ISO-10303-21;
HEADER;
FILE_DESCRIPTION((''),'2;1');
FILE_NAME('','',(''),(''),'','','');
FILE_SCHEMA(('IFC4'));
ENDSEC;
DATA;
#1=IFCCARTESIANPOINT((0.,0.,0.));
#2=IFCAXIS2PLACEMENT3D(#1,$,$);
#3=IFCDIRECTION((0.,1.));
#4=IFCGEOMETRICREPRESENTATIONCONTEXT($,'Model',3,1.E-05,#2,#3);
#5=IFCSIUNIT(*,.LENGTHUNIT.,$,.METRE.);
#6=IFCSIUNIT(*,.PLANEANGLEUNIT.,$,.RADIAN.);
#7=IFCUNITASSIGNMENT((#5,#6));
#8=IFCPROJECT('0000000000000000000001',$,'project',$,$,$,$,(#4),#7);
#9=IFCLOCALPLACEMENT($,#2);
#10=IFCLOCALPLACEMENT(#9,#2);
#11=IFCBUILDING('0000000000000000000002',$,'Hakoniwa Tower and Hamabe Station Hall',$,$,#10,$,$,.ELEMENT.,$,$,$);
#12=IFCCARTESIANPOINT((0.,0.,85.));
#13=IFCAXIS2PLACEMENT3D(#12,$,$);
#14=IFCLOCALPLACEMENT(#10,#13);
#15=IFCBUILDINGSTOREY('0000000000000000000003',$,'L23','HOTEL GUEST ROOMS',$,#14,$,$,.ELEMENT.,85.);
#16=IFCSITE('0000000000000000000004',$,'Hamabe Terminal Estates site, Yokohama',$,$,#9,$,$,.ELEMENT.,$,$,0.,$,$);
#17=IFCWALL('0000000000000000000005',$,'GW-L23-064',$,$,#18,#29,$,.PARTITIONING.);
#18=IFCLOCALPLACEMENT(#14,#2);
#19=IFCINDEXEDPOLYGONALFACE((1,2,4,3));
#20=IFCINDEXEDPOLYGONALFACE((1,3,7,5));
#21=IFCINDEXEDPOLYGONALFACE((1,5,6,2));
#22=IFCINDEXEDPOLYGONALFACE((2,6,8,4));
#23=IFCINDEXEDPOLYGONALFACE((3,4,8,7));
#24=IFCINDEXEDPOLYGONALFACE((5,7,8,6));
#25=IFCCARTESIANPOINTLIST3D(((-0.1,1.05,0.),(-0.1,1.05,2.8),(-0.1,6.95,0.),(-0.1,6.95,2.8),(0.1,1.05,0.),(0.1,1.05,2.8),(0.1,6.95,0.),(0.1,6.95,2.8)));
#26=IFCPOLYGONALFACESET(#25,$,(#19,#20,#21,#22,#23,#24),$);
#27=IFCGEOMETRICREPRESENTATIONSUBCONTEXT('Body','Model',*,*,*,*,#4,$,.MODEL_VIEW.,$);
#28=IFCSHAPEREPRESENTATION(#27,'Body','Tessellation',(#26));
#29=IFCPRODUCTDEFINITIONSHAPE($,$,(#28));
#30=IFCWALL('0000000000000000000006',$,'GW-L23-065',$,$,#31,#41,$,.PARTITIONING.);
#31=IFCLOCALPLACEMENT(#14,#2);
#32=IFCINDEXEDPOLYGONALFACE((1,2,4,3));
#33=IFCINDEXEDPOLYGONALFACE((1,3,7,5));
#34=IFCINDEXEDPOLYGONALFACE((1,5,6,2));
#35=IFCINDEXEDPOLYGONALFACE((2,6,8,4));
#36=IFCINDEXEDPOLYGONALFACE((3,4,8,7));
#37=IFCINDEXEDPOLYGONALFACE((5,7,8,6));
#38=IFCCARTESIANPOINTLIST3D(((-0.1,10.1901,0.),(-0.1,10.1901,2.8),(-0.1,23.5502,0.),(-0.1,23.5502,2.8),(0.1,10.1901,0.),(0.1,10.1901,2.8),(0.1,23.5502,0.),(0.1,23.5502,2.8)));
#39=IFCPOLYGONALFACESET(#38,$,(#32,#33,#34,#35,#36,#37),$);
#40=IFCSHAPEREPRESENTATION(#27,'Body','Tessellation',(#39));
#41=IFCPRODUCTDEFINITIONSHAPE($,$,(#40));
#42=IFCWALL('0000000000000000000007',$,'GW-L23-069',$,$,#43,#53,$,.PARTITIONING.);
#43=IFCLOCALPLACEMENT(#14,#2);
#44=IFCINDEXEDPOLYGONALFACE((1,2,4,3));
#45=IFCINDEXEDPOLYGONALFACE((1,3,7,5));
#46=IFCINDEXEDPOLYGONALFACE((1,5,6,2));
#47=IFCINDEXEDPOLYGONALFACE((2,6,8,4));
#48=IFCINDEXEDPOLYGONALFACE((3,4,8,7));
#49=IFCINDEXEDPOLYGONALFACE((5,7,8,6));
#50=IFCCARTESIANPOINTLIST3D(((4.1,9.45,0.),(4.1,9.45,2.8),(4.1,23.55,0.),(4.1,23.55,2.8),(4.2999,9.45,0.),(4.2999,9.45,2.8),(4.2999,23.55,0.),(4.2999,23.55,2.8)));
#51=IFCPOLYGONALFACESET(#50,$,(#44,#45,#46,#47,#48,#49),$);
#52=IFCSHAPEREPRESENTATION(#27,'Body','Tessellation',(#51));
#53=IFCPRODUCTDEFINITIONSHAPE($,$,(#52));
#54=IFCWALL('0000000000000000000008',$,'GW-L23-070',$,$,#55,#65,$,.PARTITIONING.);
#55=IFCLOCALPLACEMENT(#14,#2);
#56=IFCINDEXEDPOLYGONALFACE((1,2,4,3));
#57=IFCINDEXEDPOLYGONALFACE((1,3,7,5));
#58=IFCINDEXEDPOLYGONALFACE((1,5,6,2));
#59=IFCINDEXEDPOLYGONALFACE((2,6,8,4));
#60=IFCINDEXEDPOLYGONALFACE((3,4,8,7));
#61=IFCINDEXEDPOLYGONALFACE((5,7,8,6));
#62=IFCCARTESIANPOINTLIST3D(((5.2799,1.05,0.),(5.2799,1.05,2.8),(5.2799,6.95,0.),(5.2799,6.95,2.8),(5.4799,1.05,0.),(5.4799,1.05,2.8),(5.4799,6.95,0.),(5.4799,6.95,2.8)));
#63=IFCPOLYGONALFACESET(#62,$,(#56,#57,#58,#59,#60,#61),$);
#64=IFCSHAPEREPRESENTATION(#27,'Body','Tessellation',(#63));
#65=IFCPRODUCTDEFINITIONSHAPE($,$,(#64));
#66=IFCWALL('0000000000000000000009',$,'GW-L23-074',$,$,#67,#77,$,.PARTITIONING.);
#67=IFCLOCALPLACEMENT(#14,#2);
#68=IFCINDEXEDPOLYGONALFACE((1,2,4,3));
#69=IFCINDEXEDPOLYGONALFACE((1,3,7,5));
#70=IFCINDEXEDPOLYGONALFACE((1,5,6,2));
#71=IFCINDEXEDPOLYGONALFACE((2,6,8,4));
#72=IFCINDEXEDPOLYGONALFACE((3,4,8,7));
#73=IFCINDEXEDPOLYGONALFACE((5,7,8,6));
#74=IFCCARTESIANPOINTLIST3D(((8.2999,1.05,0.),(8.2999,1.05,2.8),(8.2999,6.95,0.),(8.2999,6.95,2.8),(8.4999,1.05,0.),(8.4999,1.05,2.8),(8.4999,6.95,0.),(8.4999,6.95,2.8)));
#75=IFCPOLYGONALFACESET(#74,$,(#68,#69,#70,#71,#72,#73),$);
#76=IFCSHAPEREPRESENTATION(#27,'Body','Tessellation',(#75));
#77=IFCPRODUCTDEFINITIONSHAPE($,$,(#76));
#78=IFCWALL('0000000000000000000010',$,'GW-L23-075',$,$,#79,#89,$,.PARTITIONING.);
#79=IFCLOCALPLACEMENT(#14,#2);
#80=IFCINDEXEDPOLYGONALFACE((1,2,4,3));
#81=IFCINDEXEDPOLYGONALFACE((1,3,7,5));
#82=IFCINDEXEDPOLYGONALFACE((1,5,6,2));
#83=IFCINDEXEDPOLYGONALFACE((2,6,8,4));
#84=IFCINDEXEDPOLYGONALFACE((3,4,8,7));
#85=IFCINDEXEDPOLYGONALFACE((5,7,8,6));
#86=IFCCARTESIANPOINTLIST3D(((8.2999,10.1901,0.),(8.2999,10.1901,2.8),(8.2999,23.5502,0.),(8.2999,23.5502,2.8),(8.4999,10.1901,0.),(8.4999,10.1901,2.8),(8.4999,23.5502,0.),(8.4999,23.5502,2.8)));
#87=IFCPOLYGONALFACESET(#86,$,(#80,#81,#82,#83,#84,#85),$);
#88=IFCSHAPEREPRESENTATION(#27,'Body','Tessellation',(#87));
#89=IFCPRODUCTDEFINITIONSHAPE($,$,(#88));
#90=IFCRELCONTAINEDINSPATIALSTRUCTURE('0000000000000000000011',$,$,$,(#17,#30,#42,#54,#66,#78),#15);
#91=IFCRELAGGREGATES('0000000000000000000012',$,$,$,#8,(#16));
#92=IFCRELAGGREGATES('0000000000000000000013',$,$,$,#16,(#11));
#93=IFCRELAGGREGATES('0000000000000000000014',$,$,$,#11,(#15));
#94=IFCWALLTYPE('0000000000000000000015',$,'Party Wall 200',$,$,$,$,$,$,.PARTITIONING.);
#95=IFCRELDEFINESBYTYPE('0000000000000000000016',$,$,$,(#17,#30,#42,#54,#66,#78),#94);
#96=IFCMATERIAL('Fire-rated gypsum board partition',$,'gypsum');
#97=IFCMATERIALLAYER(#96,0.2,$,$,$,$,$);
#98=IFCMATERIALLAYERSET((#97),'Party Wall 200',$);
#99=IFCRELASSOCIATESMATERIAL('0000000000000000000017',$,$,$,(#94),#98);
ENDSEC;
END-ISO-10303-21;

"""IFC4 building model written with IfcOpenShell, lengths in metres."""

from ifc_helpers import new_model, si_unit, direction, frame, frame_2d, origin, place, context, subcontext, project, spatial, rectangle, extrude, material, layer, layer_set, type_object, element, save


model = new_model("IFC4")

# Units and contexts
model_context = context("Model", 3, precision=1e-05, world=origin(), true_north=direction((0.0, 1.0)))
body_context = subcontext(model_context, "Body", "Model", "MODEL_VIEW")
ifc_project = project(units=[si_unit("LENGTHUNIT", "METRE"), si_unit("PLANEANGLEUNIT", "RADIAN")], contexts=[model_context])

# Site, building, storey
site_placement = place(None, origin())
site = spatial("IfcSite", under=ifc_project, at=site_placement, Name="Hamabe Terminal Estates site, Yokohama", CompositionType="ELEMENT", RefElevation=0.0)
building_placement = place(site_placement, origin())
building = spatial("IfcBuilding", under=site, at=building_placement, Name="Hakoniwa Tower and Hamabe Station Hall", CompositionType="ELEMENT")
storey_placement = place(building_placement, frame((0.0, 0.0, 85.0)))
storey = spatial("IfcBuildingStorey", under=building, at=storey_placement, Name="L23", Description="HOTEL GUEST ROOMS", CompositionType="ELEMENT", Elevation=85.0)

# Walls
ifc_material_1 = material(Name="Fire-rated gypsum board partition", Category="gypsum")
ifc_layer_1 = layer(ifc_material_1, 0.2)
ifc_layer_set_1 = layer_set([ifc_layer_1], Name="Party Wall 200")
wall_type_1 = type_object("IfcWallType", Name="Party Wall 200", PredefinedType="PARTITIONING", material=ifc_layer_set_1)
wall_1_placement = place(storey_placement, frame((0.0, 1.05, 0.0), z_axis=(0.0, 0.0, 1.0), x_axis=(0.0, 1.0, 0.0)))
element("IfcWall", 1, at=wall_1_placement, inside=storey, type_object=wall_type_1, Name="GW-L23-064", PredefinedType="PARTITIONING", context=body_context, shape_type="SweptSolid", body=[
    extrude(rectangle(XDim=5.8999, YDim=0.2, at=frame_2d((2.95, 0.0))), origin(), (0.0, 0.0, 1.0), 2.8),
])
wall_2_placement = place(storey_placement, frame((0.0, 10.1899, 0.0), z_axis=(0.0, 0.0, 1.0), x_axis=(0.0, 1.0, 0.0)))
element("IfcWall", 2, at=wall_2_placement, inside=storey, type_object=wall_type_1, Name="GW-L23-065", PredefinedType="PARTITIONING", context=body_context, shape_type="SweptSolid", body=[
    extrude(rectangle(XDim=13.3601, YDim=0.2, at=frame_2d((6.6802, 0.0))), origin(), (0.0, 0.0, 1.0), 2.8),
])
wall_3_placement = place(storey_placement, frame((4.2, 9.45, 0.0), z_axis=(0.0, 0.0, 1.0), x_axis=(0.0, 1.0, 0.0)))
element("IfcWall", 3, at=wall_3_placement, inside=storey, type_object=wall_type_1, Name="GW-L23-069", PredefinedType="PARTITIONING", context=body_context, shape_type="SweptSolid", body=[
    extrude(rectangle(XDim=14.1001, YDim=0.2, at=frame_2d((7.05, 0.0))), origin(), (0.0, 0.0, 1.0), 2.8),
])
for number, where, z_axis, x_axis, name in (
    (4, (5.3799, 1.05, 0.0), (0.0, 0.0, 1.0), (0.0, 1.0, 0.0), "GW-L23-070"),
    (5, (8.3999, 1.05, 0.0), (0.0, 0.0, 1.0), (0.0, 1.0, 0.0), "GW-L23-074"),
):
    element("IfcWall", number, at=place(storey_placement, frame(where, z_axis=z_axis, x_axis=x_axis)), inside=storey, type_object=wall_type_1, Name=name, PredefinedType="PARTITIONING", context=body_context, shape_type="SweptSolid", body=[
        extrude(rectangle(XDim=5.8999, YDim=0.2, at=frame_2d((2.95, 0.0))), origin(), (0.0, 0.0, 1.0), 2.8),
    ])
wall_4_placement = place(storey_placement, frame((8.3999, 10.1899, 0.0), z_axis=(0.0, 0.0, 1.0), x_axis=(0.0, 1.0, 0.0)))
element("IfcWall", 6, at=wall_4_placement, inside=storey, type_object=wall_type_1, Name="GW-L23-075", PredefinedType="PARTITIONING", context=body_context, shape_type="SweptSolid", body=[
    extrude(rectangle(XDim=13.3601, YDim=0.2, at=frame_2d((6.6802, 0.0))), origin(), (0.0, 0.0, 1.0), 2.8),
])

save(model, "model.ifc")
